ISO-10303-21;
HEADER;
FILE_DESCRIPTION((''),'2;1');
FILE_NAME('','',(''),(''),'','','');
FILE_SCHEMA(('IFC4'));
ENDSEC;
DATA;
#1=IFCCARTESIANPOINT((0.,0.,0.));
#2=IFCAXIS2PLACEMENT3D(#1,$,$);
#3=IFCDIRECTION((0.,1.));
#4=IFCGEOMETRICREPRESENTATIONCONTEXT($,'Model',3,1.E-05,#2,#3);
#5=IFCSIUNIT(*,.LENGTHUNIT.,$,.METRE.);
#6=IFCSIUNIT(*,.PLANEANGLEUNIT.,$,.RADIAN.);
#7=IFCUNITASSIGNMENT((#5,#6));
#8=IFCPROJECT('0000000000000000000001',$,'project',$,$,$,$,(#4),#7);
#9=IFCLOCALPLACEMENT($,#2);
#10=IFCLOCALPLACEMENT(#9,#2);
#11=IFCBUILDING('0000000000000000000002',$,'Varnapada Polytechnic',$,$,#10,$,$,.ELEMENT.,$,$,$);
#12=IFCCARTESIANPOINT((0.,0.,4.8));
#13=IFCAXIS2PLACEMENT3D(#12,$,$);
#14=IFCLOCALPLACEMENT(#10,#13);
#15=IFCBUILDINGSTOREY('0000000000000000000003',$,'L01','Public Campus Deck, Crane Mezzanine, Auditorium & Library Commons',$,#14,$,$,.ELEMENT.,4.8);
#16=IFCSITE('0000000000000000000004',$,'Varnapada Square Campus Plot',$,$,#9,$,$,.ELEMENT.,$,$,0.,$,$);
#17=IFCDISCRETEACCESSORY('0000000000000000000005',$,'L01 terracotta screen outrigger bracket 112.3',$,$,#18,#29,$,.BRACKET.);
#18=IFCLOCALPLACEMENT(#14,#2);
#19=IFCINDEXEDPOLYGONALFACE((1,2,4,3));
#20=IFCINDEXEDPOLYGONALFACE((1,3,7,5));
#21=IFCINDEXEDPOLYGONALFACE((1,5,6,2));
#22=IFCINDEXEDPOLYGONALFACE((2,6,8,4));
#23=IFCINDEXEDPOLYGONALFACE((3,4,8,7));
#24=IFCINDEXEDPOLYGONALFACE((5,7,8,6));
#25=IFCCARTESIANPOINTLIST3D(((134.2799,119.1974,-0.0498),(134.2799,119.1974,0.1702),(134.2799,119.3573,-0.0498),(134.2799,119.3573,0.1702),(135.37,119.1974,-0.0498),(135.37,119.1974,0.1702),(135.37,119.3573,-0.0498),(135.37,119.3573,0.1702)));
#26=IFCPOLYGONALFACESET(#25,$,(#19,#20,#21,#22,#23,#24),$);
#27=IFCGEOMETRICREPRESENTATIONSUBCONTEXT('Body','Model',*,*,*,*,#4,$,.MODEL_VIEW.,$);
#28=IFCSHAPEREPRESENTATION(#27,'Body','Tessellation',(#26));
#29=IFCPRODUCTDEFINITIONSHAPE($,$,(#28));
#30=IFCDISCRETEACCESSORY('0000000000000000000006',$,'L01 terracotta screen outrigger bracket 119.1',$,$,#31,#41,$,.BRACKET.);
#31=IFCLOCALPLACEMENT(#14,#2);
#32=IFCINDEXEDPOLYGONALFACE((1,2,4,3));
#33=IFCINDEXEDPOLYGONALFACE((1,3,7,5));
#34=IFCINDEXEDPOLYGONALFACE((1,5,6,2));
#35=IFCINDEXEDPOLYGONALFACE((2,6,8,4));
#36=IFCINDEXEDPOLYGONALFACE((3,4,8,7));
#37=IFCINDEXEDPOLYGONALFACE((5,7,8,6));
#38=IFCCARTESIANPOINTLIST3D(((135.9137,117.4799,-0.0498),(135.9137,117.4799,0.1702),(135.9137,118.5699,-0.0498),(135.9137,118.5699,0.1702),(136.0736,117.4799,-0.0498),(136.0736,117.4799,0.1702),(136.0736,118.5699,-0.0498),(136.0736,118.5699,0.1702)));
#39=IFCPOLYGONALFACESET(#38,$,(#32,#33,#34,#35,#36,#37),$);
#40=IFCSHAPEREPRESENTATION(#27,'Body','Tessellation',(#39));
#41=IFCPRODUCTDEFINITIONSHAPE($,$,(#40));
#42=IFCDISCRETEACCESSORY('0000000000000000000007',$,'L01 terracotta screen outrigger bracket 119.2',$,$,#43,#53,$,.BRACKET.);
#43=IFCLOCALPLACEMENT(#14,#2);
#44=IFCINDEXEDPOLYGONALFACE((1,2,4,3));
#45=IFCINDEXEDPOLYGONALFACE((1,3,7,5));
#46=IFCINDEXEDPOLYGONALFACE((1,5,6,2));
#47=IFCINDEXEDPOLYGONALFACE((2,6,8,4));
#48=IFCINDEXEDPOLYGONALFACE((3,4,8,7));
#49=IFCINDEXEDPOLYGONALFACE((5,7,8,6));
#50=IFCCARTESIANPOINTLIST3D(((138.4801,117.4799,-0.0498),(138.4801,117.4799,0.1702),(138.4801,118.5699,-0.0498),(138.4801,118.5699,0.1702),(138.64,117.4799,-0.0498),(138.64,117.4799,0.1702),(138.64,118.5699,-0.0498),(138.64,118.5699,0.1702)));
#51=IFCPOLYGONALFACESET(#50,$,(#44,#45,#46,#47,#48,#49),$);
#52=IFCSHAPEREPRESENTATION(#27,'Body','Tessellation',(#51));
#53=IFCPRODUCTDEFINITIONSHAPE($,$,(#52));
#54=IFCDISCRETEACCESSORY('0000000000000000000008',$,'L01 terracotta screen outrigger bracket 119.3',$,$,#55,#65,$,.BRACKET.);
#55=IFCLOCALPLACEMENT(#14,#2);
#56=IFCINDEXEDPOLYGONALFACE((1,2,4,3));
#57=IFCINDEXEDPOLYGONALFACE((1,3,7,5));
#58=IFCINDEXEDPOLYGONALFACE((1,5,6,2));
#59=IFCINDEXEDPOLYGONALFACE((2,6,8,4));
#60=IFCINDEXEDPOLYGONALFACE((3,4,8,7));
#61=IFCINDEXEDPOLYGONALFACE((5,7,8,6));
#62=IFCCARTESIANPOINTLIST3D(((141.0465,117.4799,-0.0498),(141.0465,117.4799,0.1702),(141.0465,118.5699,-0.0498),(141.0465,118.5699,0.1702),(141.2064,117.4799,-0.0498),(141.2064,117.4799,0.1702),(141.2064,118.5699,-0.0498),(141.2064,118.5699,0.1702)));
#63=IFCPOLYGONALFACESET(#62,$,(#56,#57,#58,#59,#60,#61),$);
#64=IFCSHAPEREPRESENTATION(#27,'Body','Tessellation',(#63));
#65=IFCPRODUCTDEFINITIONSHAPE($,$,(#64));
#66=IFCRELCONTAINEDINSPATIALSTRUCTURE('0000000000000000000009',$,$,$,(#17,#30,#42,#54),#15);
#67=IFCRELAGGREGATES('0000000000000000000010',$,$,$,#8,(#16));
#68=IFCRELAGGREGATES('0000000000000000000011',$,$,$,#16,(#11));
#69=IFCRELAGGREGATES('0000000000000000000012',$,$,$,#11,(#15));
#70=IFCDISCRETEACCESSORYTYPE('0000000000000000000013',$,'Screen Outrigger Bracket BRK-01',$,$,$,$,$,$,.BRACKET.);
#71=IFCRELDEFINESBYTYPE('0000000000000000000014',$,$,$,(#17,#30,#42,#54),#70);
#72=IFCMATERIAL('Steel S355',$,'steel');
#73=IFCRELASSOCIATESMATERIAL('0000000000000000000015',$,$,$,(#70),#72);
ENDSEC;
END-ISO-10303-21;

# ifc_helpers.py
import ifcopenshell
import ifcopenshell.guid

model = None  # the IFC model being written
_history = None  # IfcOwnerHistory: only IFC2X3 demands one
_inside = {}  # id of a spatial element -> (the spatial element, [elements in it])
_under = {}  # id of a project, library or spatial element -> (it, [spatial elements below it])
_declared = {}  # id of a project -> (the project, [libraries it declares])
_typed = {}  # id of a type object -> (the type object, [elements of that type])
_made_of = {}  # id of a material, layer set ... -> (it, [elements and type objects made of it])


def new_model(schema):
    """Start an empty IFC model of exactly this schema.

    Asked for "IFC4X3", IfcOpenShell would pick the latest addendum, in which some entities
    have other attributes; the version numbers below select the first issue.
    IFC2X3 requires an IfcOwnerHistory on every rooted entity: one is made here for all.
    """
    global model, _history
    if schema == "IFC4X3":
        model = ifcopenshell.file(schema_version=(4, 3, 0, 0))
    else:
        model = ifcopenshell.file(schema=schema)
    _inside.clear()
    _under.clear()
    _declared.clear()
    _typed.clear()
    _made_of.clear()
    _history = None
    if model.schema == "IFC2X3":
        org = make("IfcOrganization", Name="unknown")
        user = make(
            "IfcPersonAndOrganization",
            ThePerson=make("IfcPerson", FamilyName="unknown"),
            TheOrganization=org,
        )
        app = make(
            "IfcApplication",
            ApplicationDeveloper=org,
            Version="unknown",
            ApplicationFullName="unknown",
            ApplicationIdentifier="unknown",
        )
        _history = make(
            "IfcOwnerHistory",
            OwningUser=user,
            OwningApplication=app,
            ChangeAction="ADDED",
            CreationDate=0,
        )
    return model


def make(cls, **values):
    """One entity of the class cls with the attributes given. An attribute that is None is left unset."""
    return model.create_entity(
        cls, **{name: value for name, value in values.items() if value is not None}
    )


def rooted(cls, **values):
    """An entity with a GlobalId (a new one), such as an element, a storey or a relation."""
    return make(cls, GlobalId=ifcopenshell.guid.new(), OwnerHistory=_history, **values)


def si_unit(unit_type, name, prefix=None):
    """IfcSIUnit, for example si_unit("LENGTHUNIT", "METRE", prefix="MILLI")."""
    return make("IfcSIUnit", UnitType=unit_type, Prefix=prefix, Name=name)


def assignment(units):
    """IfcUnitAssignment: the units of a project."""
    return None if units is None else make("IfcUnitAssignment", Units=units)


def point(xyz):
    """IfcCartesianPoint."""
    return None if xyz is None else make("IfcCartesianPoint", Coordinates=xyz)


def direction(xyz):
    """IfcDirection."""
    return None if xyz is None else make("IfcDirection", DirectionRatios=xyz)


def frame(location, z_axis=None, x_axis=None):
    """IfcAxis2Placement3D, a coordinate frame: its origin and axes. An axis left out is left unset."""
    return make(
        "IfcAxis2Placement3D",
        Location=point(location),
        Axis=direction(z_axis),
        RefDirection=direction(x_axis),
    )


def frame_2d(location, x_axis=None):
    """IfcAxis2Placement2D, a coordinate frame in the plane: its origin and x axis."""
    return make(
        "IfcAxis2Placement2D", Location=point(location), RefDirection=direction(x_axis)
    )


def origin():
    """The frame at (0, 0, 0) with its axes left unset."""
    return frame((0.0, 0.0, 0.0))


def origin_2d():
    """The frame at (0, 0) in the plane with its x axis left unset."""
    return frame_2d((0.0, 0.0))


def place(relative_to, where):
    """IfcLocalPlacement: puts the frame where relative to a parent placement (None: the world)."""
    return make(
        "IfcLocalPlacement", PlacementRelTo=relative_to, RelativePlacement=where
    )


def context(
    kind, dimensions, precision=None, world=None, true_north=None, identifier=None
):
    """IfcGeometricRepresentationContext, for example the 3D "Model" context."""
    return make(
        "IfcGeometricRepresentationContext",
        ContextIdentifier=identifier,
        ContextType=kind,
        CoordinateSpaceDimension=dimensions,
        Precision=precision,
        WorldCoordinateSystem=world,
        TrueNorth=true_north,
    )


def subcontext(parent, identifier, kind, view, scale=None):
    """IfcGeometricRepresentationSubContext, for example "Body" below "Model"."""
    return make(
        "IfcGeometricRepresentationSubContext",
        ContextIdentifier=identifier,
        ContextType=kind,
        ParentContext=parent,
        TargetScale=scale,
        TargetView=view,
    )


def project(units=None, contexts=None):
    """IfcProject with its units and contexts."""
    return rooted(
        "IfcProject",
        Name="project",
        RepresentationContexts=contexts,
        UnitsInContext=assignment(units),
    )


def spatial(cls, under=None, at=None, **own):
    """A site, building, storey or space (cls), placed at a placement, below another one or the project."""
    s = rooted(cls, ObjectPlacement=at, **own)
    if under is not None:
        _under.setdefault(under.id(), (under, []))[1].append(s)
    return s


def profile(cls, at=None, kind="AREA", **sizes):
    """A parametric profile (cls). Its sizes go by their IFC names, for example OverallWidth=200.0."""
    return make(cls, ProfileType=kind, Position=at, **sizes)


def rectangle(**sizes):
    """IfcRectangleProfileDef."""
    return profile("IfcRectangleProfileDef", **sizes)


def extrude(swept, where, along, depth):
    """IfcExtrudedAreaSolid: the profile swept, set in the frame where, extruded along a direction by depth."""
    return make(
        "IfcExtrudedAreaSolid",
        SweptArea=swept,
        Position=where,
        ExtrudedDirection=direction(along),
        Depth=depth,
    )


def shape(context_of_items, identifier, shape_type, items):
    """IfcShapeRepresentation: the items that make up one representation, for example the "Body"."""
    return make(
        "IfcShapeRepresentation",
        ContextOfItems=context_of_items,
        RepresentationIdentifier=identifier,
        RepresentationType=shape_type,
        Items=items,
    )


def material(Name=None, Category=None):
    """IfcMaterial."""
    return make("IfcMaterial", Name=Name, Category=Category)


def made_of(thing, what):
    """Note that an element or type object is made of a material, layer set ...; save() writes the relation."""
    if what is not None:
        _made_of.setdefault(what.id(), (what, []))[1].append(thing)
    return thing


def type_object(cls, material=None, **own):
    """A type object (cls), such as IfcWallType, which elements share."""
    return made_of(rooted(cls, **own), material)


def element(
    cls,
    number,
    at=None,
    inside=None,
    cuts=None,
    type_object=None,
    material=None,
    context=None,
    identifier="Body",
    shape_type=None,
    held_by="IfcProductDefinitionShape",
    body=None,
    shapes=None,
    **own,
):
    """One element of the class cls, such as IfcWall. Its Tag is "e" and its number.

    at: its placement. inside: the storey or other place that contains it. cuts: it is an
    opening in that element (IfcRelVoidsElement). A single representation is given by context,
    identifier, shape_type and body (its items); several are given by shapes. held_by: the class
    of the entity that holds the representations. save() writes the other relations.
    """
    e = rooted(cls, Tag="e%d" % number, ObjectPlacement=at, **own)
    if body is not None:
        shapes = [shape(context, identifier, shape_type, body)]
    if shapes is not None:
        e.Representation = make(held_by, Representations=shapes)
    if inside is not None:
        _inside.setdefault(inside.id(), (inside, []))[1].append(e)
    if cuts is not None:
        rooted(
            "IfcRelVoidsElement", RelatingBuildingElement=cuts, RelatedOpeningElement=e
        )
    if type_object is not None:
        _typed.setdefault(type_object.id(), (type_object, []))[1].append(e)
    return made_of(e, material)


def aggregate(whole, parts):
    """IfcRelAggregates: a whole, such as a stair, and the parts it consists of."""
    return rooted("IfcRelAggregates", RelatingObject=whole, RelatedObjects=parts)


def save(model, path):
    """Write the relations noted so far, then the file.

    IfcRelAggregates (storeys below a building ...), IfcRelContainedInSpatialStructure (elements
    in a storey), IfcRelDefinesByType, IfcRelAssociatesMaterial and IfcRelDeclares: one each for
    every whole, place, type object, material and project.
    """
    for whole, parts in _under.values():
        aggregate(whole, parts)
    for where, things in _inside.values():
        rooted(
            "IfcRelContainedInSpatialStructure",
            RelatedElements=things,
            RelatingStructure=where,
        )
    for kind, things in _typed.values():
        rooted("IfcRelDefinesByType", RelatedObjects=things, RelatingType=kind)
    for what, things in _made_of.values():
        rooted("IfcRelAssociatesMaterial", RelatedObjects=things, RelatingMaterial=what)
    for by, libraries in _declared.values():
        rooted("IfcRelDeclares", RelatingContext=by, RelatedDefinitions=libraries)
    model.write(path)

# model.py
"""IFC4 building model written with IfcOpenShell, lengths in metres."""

from ifc_helpers import new_model, si_unit, direction, frame, origin, origin_2d, place, context, subcontext, project, spatial, rectangle, extrude, material, type_object, element, save


model = new_model("IFC4")

# Units and contexts
model_context = context("Model", 3, precision=1e-05, world=origin(), true_north=direction((0.0, 1.0)))
body_context = subcontext(model_context, "Body", "Model", "MODEL_VIEW")
ifc_project = project(units=[si_unit("LENGTHUNIT", "METRE"), si_unit("PLANEANGLEUNIT", "RADIAN")], contexts=[model_context])

# Site, building, storey
site_placement = place(None, origin())
site = spatial("IfcSite", under=ifc_project, at=site_placement, Name="Varnapada Square Campus Plot", CompositionType="ELEMENT", RefElevation=0.0)
building_placement = place(site_placement, origin())
building = spatial("IfcBuilding", under=site, at=building_placement, Name="Varnapada Polytechnic", CompositionType="ELEMENT")
storey_placement = place(building_placement, frame((0.0, 0.0, 4.8)))
storey = spatial("IfcBuildingStorey", under=building, at=storey_placement, Name="L01", Description="Public Campus Deck, Crane Mezzanine, Auditorium & Library Commons", CompositionType="ELEMENT", Elevation=4.8)

# Discrete accessories
ifc_material_1 = material(Name="Steel S355", Category="steel")
discrete_accessory_type = type_object("IfcDiscreteAccessoryType", Name="Screen Outrigger Bracket BRK-01", PredefinedType="BRACKET", material=ifc_material_1)
for number, where, z_axis, x_axis, name in (
    (1, (134.825, 119.2773, -0.0498), (0.0, 0.0, 1.0), (0.0, -1.0, 0.0), "L01 terracotta screen outrigger bracket 112.3"),
    (2, (135.9937, 118.0249, -0.0498), (0.0, 0.0, 1.0), (1.0, 0.0, 0.0), "L01 terracotta screen outrigger bracket 119.1"),
    (3, (138.5601, 118.0249, -0.0498), (0.0, 0.0, 1.0), (1.0, 0.0, 0.0), "L01 terracotta screen outrigger bracket 119.2"),
    (4, (141.1265, 118.0249, -0.0498), (0.0, 0.0, 1.0), (1.0, 0.0, 0.0), "L01 terracotta screen outrigger bracket 119.3"),
):
    element("IfcDiscreteAccessory", number, at=place(storey_placement, frame(where, z_axis=z_axis, x_axis=x_axis)), inside=storey, type_object=discrete_accessory_type, Name=name, PredefinedType="BRACKET", context=body_context, shape_type="SweptSolid", body=[
        extrude(rectangle(XDim=0.1599, YDim=1.0901, at=origin_2d()), origin(), (0.0, 0.0, 1.0), 0.22),
    ])

save(model, "model.ifc")
